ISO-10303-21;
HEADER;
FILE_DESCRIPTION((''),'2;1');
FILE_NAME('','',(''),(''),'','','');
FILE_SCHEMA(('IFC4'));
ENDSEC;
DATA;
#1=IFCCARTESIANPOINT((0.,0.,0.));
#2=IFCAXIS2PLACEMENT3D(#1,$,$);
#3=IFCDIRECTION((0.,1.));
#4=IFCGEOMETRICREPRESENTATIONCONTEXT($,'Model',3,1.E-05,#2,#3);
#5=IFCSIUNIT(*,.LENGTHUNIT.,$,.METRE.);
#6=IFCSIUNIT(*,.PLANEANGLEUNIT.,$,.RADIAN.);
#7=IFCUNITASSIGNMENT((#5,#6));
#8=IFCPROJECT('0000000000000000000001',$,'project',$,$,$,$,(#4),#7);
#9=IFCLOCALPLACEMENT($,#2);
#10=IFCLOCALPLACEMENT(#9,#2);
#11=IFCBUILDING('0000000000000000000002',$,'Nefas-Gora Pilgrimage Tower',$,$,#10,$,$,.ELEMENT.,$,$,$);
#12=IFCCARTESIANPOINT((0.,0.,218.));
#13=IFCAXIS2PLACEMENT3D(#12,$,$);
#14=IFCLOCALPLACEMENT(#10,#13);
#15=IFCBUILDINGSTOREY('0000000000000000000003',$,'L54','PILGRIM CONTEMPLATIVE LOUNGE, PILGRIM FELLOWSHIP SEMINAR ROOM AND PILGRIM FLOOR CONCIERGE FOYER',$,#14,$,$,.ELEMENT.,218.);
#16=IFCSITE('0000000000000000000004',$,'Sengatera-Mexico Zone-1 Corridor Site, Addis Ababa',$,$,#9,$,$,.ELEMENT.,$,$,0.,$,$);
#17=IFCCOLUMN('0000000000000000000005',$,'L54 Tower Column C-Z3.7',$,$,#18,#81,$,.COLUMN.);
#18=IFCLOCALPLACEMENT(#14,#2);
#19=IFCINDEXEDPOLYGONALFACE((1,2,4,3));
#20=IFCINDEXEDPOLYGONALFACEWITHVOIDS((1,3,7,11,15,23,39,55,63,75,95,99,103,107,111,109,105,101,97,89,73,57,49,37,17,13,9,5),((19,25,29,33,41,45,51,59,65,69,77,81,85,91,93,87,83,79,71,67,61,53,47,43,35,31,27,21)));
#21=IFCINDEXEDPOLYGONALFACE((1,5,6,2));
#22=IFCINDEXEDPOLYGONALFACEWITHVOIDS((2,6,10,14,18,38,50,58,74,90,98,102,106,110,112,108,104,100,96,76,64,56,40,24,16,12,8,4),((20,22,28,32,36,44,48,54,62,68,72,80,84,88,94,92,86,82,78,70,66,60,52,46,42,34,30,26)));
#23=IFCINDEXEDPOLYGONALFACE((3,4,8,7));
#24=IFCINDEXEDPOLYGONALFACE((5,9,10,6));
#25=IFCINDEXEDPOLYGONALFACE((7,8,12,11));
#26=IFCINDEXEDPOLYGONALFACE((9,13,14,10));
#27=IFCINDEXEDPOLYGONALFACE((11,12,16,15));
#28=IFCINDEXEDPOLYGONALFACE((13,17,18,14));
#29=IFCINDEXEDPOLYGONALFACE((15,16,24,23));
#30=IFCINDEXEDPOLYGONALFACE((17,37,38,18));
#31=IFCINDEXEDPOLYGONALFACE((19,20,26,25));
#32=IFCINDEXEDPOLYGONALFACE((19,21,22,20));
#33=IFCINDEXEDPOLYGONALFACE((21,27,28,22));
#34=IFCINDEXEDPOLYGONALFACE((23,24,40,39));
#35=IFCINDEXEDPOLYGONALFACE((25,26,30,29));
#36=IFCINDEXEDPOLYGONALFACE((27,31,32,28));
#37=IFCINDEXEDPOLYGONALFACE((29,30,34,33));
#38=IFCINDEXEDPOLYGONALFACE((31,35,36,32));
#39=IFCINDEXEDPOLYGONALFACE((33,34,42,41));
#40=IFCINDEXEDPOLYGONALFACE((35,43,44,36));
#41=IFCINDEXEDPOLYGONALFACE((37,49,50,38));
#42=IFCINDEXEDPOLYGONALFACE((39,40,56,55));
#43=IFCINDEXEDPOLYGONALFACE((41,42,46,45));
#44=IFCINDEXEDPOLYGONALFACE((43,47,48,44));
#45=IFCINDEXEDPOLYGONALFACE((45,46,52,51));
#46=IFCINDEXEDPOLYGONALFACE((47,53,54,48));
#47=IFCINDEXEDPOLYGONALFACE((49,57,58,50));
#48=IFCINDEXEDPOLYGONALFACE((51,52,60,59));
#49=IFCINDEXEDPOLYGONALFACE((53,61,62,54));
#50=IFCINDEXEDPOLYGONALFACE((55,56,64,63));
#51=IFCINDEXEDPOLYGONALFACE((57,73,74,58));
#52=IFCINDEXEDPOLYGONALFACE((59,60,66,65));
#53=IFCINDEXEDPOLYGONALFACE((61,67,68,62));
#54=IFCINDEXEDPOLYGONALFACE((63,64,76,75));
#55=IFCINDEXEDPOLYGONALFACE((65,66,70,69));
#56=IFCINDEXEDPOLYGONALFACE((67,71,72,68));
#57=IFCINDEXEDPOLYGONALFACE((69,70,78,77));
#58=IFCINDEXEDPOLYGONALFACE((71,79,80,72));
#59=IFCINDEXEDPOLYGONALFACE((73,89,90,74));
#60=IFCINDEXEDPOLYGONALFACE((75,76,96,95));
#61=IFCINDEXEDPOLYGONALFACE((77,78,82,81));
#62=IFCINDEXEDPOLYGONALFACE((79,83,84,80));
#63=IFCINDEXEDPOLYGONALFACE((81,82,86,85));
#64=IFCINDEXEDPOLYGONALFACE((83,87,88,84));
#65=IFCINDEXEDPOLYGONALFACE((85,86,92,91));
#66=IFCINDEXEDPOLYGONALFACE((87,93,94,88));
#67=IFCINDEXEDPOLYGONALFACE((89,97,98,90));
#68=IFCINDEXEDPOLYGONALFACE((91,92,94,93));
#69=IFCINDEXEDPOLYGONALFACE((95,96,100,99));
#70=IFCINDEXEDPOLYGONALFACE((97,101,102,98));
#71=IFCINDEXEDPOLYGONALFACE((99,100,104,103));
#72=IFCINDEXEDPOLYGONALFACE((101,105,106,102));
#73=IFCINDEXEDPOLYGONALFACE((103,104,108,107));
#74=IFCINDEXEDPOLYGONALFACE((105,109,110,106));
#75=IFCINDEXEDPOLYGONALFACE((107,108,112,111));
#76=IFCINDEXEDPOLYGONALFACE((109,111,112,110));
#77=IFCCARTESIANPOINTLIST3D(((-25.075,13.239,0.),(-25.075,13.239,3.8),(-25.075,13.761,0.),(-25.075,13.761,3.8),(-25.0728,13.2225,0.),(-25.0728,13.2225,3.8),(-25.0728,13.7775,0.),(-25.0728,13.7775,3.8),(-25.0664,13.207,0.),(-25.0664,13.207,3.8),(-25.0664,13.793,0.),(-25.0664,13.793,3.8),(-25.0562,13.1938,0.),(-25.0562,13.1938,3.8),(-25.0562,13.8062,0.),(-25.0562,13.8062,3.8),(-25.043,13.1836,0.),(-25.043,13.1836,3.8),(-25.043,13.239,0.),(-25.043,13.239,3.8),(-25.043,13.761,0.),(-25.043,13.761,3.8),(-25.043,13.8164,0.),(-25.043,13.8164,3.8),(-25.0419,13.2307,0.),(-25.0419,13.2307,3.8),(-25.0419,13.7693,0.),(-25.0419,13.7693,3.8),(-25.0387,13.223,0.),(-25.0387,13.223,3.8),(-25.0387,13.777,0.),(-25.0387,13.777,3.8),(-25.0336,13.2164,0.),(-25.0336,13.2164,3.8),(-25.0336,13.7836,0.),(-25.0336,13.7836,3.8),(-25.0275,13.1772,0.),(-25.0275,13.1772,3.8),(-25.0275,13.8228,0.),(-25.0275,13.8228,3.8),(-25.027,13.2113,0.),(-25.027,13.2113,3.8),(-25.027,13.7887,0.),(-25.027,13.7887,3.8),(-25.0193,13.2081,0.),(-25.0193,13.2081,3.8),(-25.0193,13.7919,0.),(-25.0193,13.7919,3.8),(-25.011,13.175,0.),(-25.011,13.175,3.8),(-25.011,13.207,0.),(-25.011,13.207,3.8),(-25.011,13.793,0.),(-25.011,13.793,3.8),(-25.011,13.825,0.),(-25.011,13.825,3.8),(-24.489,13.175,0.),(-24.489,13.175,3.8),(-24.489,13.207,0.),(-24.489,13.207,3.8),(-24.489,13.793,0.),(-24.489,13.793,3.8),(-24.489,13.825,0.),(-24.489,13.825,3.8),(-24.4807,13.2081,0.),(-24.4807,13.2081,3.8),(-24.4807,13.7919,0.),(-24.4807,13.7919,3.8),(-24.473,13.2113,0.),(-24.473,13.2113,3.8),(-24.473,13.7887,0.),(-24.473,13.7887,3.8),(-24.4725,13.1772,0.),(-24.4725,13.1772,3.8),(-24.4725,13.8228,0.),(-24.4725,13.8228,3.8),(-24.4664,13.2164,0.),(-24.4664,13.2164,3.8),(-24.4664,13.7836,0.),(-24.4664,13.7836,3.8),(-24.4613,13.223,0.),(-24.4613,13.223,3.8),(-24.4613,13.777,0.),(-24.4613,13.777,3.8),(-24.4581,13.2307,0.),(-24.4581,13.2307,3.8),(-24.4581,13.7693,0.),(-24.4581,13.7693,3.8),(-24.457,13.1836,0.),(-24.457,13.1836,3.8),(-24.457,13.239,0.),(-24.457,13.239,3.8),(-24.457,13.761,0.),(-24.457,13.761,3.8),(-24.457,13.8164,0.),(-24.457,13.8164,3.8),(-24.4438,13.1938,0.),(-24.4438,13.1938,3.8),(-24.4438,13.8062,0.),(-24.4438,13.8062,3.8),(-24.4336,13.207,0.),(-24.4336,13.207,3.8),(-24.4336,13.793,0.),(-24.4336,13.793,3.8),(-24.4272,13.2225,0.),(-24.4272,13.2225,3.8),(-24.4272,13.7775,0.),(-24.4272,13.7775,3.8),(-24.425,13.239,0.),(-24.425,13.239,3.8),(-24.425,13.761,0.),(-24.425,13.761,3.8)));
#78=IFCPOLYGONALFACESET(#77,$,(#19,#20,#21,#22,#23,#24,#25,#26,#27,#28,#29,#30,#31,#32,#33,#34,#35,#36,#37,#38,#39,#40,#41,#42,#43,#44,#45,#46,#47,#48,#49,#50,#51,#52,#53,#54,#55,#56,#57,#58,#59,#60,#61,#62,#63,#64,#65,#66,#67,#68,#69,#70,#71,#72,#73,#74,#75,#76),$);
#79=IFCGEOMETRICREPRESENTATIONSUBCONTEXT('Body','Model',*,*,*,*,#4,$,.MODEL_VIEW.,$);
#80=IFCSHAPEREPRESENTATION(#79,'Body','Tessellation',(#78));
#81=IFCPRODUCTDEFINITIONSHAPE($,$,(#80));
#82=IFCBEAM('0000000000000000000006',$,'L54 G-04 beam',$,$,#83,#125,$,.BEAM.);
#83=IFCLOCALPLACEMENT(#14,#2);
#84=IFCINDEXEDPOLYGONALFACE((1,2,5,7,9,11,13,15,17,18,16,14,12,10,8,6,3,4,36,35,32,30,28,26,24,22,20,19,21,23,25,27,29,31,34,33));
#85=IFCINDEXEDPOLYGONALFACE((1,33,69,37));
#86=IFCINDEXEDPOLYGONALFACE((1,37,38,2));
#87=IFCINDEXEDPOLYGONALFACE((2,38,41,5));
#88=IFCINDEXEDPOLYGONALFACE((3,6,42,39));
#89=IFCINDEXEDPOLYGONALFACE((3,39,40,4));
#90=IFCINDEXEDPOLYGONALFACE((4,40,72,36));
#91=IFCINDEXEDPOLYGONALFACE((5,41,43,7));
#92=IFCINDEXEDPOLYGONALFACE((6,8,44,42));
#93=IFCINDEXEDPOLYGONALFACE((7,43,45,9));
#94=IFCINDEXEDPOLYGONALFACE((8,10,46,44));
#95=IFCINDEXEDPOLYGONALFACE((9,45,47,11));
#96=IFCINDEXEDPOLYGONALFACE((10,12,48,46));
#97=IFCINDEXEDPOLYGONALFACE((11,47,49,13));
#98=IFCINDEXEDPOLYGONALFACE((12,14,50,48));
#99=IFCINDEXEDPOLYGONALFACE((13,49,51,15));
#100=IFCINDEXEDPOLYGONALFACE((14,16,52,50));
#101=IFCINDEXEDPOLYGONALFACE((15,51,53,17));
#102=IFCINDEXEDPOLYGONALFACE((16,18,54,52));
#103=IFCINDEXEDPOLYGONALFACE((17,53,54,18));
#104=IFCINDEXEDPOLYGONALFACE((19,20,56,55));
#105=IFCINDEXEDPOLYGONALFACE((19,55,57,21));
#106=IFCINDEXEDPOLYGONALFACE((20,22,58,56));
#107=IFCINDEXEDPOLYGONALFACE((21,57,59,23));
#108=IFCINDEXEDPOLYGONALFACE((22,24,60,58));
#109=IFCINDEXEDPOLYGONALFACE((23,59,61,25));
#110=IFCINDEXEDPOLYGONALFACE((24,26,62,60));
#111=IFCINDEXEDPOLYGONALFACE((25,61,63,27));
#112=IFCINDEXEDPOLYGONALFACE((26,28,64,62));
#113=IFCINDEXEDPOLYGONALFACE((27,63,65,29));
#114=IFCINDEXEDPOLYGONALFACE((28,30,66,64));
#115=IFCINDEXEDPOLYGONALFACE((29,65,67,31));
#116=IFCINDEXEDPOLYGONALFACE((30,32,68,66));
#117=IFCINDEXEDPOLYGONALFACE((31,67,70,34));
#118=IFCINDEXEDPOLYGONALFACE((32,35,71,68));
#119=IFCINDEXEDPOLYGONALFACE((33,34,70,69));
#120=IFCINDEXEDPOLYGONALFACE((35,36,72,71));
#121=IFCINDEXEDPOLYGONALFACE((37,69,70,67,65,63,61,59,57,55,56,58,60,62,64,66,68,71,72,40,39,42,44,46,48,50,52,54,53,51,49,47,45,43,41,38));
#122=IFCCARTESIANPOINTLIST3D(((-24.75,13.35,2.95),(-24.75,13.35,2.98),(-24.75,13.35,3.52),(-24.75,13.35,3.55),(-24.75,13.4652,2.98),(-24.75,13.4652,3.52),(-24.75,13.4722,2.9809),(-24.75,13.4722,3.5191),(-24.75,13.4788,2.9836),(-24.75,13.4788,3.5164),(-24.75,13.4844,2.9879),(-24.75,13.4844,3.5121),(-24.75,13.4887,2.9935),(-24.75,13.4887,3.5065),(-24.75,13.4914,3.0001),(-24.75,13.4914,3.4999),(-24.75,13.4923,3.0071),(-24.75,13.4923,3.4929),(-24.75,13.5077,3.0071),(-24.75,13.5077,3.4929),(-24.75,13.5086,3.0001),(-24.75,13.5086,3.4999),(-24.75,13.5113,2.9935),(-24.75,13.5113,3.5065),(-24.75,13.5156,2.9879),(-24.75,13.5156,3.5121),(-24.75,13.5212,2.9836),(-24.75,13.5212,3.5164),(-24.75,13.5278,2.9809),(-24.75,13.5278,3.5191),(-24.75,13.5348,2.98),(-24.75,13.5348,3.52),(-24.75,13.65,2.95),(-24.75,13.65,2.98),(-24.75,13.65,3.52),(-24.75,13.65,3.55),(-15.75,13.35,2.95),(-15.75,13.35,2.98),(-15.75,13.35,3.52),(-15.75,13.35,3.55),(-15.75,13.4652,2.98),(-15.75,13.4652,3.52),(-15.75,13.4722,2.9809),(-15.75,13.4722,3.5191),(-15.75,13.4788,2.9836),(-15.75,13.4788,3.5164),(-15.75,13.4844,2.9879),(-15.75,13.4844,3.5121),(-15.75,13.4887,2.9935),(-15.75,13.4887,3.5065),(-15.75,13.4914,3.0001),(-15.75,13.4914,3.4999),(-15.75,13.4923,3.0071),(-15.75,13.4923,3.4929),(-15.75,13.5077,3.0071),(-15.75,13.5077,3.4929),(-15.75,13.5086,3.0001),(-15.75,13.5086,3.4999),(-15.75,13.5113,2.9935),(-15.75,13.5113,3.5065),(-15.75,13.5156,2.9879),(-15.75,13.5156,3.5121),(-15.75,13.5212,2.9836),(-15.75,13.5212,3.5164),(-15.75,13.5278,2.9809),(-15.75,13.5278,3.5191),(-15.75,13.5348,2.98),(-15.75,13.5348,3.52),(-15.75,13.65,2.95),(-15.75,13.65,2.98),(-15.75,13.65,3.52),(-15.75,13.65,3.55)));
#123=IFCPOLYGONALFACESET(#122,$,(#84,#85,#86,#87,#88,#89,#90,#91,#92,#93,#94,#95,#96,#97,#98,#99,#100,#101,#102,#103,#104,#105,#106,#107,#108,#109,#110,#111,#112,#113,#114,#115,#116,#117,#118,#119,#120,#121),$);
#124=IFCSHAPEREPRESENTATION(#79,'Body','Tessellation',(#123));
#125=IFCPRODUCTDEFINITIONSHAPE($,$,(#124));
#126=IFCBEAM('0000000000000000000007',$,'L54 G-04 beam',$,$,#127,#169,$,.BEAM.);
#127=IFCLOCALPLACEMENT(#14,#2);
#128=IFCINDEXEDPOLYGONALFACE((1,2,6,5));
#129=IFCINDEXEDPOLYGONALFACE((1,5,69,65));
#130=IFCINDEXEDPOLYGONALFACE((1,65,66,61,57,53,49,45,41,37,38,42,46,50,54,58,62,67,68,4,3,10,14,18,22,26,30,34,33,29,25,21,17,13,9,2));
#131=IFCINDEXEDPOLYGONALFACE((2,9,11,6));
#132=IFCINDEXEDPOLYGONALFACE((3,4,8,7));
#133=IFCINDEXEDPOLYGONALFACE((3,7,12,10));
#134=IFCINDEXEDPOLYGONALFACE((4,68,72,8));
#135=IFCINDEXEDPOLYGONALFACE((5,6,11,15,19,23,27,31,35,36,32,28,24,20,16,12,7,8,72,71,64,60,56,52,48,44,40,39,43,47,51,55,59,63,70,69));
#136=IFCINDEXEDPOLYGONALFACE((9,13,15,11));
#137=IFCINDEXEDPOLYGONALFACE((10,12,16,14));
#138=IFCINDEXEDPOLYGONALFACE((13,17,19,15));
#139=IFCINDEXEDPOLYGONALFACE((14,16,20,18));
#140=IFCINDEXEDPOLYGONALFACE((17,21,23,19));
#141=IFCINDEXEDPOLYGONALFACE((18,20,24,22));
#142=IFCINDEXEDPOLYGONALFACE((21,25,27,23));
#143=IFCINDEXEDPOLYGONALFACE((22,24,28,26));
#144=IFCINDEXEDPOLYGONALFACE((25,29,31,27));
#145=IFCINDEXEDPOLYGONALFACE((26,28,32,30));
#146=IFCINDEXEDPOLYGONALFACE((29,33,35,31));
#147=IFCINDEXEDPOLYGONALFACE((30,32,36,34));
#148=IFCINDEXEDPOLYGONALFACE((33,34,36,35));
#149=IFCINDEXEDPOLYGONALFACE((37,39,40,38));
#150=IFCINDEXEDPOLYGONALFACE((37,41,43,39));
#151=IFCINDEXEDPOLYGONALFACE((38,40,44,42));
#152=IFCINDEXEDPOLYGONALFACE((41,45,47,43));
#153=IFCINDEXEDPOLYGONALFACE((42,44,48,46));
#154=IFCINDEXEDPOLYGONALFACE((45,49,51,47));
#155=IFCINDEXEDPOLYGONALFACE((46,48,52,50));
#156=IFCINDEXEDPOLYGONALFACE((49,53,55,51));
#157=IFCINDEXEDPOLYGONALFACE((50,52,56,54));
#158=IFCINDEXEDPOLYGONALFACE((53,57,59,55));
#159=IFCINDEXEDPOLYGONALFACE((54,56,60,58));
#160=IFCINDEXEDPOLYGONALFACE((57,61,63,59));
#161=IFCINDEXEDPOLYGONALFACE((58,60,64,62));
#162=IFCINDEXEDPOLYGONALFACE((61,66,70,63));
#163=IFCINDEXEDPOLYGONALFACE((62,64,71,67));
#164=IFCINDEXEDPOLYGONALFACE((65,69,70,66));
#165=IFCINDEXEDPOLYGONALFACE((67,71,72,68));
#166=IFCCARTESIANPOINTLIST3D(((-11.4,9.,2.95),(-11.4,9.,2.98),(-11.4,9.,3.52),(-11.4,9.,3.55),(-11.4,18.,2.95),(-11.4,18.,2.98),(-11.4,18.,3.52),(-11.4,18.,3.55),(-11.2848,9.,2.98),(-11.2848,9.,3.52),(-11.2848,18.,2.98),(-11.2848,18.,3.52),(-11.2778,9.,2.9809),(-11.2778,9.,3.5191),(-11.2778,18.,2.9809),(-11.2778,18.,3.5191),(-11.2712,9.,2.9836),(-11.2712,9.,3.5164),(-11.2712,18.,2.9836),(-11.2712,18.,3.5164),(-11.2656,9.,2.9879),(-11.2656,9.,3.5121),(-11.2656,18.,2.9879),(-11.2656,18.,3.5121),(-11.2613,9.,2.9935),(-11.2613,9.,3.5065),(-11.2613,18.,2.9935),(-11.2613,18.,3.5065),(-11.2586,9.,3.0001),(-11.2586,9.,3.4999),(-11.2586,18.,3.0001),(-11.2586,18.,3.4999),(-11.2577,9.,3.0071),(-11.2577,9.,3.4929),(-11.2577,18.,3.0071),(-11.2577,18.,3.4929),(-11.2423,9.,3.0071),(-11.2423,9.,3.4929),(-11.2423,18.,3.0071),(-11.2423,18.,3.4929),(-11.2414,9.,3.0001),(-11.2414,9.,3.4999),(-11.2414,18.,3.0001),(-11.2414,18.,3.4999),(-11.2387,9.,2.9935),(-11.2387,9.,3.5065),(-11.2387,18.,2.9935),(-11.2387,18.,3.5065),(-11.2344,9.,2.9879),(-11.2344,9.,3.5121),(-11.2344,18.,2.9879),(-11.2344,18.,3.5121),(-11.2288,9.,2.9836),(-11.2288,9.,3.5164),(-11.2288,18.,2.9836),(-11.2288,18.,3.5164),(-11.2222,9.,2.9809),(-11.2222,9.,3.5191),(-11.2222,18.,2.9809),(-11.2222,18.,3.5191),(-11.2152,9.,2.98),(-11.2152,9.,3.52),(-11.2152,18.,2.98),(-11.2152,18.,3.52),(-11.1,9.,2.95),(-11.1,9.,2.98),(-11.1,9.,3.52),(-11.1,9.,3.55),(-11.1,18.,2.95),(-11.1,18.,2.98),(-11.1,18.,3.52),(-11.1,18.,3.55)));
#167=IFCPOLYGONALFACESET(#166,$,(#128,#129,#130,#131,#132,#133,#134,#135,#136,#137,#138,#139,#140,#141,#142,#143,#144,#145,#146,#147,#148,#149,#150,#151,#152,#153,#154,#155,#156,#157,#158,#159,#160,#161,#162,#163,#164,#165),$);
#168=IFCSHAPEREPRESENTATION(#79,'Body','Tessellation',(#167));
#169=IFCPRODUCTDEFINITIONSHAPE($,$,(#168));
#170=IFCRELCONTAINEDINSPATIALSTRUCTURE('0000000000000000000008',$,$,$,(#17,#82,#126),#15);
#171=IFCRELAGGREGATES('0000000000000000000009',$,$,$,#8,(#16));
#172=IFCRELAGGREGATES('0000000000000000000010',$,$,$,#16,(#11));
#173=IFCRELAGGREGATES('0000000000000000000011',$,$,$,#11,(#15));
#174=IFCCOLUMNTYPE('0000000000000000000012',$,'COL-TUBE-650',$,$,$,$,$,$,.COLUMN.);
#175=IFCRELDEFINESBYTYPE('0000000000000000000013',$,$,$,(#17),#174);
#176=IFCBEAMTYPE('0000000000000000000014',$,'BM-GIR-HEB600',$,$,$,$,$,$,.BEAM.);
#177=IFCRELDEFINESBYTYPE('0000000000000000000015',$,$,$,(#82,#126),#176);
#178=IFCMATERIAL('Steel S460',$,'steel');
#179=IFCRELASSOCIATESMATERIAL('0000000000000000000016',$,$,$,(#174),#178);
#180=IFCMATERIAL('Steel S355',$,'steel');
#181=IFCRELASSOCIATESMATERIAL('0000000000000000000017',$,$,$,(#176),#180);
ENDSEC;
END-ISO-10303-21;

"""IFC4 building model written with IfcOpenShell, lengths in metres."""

from ifc_helpers import new_model, si_unit, direction, frame, origin, origin_2d, place, context, subcontext, project, spatial, hollow_rectangle, i_section, extrude, source, transform, mapped, material, material_profile, profile_set, type_object, element, save


model = new_model("IFC4")

# Units and contexts
model_context = context("Model", 3, precision=1e-05, world=origin(), true_north=direction((0.0, 1.0)))
body_context = subcontext(model_context, "Body", "Model", "MODEL_VIEW")
ifc_project = project(units=[si_unit("LENGTHUNIT", "METRE"), si_unit("PLANEANGLEUNIT", "RADIAN")], contexts=[model_context])

# Site, building, storey
site_placement = place(None, origin())
site = spatial("IfcSite", under=ifc_project, at=site_placement, Name="Sengatera-Mexico Zone-1 Corridor Site, Addis Ababa", CompositionType="ELEMENT", RefElevation=0.0)
building_placement = place(site_placement, origin())
building = spatial("IfcBuilding", under=site, at=building_placement, Name="Nefas-Gora Pilgrimage Tower", CompositionType="ELEMENT")
storey_placement = place(building_placement, frame((0.0, 0.0, 218.0)))
storey = spatial("IfcBuildingStorey", under=building, at=storey_placement, Name="L54", Description="PILGRIM CONTEMPLATIVE LOUNGE, PILGRIM FELLOWSHIP SEMINAR ROOM AND PILGRIM FLOOR CONCIERGE FOYER", CompositionType="ELEMENT", Elevation=218.0)

# Column
ifc_material_1 = material(Name="Steel S460", Category="steel")
ifc_material_profile_1 = material_profile(ifc_material_1, hollow_rectangle(XDim=0.6499, YDim=0.6499, WallThickness=0.032, InnerFilletRadius=0.032, OuterFilletRadius=0.064, at=origin_2d()), Name="BOX 650x650x32")
ifc_profile_set_1 = profile_set([ifc_material_profile_1], Name="Steel S460")
column_type_1 = type_object("IfcColumnType", Name="COL-TUBE-650", PredefinedType="COLUMN", material=ifc_profile_set_1)
shared_shape_1 = source(origin(), body_context, "Body", "SweptSolid", [
    extrude(hollow_rectangle(XDim=0.6499, YDim=0.6499, WallThickness=0.032, InnerFilletRadius=0.032, OuterFilletRadius=0.064, at=origin_2d()), origin(), (0.0, 0.0, 1.0), 3.8),
])
column_1_placement = place(storey_placement, frame((-24.75, 13.5, 0.0), z_axis=(0.0, 0.0, 1.0), x_axis=(1.0, 0.0, 0.0)))
element("IfcColumn", 1, at=column_1_placement, inside=storey, type_object=column_type_1, Name="L54 Tower Column C-Z3.7", PredefinedType="COLUMN", context=body_context, shape_type="MappedRepresentation", body=[
    mapped(shared_shape_1, transform((0.0, 0.0, 0.0), x_axis=(1.0, 0.0, 0.0), y_axis=(0.0, 1.0, 0.0), z_axis=(0.0, 0.0, 1.0), scale=1.0)),
])

# Beams
ifc_material_2 = material(Name="Steel S355", Category="steel")
ifc_material_profile_2 = material_profile(ifc_material_2, i_section(OverallWidth=0.3, OverallDepth=0.6001, WebThickness=0.0154, FlangeThickness=0.03, FilletRadius=0.0271, at=origin_2d()), Name="HEB 600")
ifc_profile_set_2 = profile_set([ifc_material_profile_2], Name="Steel S355")
beam_type = type_object("IfcBeamType", Name="BM-GIR-HEB600", PredefinedType="BEAM", material=ifc_profile_set_2)
shared_shape_2 = source(origin(), body_context, "Body", "SweptSolid", [
    extrude(i_section(OverallWidth=0.3, OverallDepth=0.6001, WebThickness=0.0154, FlangeThickness=0.03, FilletRadius=0.0271, at=origin_2d()), origin(), (0.0, 0.0, 1.0), 9.0),
])
for number, where, z_axis, x_axis, name in (
    (2, (-24.75, 13.5, 3.25), (1.0, 0.0, 0.0), (0.0, 1.0, 0.0), "L54 G-04 beam"),
    (3, (-11.25, 9.0, 3.25), (0.0, 1.0, 0.0), (-1.0, 0.0, 0.0), "L54 G-04 beam"),
):
    element("IfcBeam", number, at=place(storey_placement, frame(where, z_axis=z_axis, x_axis=x_axis)), inside=storey, type_object=beam_type, Name=name, PredefinedType="BEAM", context=body_context, shape_type="MappedRepresentation", body=[
        mapped(shared_shape_2, transform((0.0, 0.0, 0.0), x_axis=(1.0, 0.0, 0.0), y_axis=(0.0, 1.0, 0.0), z_axis=(0.0, 0.0, 1.0), scale=1.0)),
    ])

save(model, "model.ifc")
